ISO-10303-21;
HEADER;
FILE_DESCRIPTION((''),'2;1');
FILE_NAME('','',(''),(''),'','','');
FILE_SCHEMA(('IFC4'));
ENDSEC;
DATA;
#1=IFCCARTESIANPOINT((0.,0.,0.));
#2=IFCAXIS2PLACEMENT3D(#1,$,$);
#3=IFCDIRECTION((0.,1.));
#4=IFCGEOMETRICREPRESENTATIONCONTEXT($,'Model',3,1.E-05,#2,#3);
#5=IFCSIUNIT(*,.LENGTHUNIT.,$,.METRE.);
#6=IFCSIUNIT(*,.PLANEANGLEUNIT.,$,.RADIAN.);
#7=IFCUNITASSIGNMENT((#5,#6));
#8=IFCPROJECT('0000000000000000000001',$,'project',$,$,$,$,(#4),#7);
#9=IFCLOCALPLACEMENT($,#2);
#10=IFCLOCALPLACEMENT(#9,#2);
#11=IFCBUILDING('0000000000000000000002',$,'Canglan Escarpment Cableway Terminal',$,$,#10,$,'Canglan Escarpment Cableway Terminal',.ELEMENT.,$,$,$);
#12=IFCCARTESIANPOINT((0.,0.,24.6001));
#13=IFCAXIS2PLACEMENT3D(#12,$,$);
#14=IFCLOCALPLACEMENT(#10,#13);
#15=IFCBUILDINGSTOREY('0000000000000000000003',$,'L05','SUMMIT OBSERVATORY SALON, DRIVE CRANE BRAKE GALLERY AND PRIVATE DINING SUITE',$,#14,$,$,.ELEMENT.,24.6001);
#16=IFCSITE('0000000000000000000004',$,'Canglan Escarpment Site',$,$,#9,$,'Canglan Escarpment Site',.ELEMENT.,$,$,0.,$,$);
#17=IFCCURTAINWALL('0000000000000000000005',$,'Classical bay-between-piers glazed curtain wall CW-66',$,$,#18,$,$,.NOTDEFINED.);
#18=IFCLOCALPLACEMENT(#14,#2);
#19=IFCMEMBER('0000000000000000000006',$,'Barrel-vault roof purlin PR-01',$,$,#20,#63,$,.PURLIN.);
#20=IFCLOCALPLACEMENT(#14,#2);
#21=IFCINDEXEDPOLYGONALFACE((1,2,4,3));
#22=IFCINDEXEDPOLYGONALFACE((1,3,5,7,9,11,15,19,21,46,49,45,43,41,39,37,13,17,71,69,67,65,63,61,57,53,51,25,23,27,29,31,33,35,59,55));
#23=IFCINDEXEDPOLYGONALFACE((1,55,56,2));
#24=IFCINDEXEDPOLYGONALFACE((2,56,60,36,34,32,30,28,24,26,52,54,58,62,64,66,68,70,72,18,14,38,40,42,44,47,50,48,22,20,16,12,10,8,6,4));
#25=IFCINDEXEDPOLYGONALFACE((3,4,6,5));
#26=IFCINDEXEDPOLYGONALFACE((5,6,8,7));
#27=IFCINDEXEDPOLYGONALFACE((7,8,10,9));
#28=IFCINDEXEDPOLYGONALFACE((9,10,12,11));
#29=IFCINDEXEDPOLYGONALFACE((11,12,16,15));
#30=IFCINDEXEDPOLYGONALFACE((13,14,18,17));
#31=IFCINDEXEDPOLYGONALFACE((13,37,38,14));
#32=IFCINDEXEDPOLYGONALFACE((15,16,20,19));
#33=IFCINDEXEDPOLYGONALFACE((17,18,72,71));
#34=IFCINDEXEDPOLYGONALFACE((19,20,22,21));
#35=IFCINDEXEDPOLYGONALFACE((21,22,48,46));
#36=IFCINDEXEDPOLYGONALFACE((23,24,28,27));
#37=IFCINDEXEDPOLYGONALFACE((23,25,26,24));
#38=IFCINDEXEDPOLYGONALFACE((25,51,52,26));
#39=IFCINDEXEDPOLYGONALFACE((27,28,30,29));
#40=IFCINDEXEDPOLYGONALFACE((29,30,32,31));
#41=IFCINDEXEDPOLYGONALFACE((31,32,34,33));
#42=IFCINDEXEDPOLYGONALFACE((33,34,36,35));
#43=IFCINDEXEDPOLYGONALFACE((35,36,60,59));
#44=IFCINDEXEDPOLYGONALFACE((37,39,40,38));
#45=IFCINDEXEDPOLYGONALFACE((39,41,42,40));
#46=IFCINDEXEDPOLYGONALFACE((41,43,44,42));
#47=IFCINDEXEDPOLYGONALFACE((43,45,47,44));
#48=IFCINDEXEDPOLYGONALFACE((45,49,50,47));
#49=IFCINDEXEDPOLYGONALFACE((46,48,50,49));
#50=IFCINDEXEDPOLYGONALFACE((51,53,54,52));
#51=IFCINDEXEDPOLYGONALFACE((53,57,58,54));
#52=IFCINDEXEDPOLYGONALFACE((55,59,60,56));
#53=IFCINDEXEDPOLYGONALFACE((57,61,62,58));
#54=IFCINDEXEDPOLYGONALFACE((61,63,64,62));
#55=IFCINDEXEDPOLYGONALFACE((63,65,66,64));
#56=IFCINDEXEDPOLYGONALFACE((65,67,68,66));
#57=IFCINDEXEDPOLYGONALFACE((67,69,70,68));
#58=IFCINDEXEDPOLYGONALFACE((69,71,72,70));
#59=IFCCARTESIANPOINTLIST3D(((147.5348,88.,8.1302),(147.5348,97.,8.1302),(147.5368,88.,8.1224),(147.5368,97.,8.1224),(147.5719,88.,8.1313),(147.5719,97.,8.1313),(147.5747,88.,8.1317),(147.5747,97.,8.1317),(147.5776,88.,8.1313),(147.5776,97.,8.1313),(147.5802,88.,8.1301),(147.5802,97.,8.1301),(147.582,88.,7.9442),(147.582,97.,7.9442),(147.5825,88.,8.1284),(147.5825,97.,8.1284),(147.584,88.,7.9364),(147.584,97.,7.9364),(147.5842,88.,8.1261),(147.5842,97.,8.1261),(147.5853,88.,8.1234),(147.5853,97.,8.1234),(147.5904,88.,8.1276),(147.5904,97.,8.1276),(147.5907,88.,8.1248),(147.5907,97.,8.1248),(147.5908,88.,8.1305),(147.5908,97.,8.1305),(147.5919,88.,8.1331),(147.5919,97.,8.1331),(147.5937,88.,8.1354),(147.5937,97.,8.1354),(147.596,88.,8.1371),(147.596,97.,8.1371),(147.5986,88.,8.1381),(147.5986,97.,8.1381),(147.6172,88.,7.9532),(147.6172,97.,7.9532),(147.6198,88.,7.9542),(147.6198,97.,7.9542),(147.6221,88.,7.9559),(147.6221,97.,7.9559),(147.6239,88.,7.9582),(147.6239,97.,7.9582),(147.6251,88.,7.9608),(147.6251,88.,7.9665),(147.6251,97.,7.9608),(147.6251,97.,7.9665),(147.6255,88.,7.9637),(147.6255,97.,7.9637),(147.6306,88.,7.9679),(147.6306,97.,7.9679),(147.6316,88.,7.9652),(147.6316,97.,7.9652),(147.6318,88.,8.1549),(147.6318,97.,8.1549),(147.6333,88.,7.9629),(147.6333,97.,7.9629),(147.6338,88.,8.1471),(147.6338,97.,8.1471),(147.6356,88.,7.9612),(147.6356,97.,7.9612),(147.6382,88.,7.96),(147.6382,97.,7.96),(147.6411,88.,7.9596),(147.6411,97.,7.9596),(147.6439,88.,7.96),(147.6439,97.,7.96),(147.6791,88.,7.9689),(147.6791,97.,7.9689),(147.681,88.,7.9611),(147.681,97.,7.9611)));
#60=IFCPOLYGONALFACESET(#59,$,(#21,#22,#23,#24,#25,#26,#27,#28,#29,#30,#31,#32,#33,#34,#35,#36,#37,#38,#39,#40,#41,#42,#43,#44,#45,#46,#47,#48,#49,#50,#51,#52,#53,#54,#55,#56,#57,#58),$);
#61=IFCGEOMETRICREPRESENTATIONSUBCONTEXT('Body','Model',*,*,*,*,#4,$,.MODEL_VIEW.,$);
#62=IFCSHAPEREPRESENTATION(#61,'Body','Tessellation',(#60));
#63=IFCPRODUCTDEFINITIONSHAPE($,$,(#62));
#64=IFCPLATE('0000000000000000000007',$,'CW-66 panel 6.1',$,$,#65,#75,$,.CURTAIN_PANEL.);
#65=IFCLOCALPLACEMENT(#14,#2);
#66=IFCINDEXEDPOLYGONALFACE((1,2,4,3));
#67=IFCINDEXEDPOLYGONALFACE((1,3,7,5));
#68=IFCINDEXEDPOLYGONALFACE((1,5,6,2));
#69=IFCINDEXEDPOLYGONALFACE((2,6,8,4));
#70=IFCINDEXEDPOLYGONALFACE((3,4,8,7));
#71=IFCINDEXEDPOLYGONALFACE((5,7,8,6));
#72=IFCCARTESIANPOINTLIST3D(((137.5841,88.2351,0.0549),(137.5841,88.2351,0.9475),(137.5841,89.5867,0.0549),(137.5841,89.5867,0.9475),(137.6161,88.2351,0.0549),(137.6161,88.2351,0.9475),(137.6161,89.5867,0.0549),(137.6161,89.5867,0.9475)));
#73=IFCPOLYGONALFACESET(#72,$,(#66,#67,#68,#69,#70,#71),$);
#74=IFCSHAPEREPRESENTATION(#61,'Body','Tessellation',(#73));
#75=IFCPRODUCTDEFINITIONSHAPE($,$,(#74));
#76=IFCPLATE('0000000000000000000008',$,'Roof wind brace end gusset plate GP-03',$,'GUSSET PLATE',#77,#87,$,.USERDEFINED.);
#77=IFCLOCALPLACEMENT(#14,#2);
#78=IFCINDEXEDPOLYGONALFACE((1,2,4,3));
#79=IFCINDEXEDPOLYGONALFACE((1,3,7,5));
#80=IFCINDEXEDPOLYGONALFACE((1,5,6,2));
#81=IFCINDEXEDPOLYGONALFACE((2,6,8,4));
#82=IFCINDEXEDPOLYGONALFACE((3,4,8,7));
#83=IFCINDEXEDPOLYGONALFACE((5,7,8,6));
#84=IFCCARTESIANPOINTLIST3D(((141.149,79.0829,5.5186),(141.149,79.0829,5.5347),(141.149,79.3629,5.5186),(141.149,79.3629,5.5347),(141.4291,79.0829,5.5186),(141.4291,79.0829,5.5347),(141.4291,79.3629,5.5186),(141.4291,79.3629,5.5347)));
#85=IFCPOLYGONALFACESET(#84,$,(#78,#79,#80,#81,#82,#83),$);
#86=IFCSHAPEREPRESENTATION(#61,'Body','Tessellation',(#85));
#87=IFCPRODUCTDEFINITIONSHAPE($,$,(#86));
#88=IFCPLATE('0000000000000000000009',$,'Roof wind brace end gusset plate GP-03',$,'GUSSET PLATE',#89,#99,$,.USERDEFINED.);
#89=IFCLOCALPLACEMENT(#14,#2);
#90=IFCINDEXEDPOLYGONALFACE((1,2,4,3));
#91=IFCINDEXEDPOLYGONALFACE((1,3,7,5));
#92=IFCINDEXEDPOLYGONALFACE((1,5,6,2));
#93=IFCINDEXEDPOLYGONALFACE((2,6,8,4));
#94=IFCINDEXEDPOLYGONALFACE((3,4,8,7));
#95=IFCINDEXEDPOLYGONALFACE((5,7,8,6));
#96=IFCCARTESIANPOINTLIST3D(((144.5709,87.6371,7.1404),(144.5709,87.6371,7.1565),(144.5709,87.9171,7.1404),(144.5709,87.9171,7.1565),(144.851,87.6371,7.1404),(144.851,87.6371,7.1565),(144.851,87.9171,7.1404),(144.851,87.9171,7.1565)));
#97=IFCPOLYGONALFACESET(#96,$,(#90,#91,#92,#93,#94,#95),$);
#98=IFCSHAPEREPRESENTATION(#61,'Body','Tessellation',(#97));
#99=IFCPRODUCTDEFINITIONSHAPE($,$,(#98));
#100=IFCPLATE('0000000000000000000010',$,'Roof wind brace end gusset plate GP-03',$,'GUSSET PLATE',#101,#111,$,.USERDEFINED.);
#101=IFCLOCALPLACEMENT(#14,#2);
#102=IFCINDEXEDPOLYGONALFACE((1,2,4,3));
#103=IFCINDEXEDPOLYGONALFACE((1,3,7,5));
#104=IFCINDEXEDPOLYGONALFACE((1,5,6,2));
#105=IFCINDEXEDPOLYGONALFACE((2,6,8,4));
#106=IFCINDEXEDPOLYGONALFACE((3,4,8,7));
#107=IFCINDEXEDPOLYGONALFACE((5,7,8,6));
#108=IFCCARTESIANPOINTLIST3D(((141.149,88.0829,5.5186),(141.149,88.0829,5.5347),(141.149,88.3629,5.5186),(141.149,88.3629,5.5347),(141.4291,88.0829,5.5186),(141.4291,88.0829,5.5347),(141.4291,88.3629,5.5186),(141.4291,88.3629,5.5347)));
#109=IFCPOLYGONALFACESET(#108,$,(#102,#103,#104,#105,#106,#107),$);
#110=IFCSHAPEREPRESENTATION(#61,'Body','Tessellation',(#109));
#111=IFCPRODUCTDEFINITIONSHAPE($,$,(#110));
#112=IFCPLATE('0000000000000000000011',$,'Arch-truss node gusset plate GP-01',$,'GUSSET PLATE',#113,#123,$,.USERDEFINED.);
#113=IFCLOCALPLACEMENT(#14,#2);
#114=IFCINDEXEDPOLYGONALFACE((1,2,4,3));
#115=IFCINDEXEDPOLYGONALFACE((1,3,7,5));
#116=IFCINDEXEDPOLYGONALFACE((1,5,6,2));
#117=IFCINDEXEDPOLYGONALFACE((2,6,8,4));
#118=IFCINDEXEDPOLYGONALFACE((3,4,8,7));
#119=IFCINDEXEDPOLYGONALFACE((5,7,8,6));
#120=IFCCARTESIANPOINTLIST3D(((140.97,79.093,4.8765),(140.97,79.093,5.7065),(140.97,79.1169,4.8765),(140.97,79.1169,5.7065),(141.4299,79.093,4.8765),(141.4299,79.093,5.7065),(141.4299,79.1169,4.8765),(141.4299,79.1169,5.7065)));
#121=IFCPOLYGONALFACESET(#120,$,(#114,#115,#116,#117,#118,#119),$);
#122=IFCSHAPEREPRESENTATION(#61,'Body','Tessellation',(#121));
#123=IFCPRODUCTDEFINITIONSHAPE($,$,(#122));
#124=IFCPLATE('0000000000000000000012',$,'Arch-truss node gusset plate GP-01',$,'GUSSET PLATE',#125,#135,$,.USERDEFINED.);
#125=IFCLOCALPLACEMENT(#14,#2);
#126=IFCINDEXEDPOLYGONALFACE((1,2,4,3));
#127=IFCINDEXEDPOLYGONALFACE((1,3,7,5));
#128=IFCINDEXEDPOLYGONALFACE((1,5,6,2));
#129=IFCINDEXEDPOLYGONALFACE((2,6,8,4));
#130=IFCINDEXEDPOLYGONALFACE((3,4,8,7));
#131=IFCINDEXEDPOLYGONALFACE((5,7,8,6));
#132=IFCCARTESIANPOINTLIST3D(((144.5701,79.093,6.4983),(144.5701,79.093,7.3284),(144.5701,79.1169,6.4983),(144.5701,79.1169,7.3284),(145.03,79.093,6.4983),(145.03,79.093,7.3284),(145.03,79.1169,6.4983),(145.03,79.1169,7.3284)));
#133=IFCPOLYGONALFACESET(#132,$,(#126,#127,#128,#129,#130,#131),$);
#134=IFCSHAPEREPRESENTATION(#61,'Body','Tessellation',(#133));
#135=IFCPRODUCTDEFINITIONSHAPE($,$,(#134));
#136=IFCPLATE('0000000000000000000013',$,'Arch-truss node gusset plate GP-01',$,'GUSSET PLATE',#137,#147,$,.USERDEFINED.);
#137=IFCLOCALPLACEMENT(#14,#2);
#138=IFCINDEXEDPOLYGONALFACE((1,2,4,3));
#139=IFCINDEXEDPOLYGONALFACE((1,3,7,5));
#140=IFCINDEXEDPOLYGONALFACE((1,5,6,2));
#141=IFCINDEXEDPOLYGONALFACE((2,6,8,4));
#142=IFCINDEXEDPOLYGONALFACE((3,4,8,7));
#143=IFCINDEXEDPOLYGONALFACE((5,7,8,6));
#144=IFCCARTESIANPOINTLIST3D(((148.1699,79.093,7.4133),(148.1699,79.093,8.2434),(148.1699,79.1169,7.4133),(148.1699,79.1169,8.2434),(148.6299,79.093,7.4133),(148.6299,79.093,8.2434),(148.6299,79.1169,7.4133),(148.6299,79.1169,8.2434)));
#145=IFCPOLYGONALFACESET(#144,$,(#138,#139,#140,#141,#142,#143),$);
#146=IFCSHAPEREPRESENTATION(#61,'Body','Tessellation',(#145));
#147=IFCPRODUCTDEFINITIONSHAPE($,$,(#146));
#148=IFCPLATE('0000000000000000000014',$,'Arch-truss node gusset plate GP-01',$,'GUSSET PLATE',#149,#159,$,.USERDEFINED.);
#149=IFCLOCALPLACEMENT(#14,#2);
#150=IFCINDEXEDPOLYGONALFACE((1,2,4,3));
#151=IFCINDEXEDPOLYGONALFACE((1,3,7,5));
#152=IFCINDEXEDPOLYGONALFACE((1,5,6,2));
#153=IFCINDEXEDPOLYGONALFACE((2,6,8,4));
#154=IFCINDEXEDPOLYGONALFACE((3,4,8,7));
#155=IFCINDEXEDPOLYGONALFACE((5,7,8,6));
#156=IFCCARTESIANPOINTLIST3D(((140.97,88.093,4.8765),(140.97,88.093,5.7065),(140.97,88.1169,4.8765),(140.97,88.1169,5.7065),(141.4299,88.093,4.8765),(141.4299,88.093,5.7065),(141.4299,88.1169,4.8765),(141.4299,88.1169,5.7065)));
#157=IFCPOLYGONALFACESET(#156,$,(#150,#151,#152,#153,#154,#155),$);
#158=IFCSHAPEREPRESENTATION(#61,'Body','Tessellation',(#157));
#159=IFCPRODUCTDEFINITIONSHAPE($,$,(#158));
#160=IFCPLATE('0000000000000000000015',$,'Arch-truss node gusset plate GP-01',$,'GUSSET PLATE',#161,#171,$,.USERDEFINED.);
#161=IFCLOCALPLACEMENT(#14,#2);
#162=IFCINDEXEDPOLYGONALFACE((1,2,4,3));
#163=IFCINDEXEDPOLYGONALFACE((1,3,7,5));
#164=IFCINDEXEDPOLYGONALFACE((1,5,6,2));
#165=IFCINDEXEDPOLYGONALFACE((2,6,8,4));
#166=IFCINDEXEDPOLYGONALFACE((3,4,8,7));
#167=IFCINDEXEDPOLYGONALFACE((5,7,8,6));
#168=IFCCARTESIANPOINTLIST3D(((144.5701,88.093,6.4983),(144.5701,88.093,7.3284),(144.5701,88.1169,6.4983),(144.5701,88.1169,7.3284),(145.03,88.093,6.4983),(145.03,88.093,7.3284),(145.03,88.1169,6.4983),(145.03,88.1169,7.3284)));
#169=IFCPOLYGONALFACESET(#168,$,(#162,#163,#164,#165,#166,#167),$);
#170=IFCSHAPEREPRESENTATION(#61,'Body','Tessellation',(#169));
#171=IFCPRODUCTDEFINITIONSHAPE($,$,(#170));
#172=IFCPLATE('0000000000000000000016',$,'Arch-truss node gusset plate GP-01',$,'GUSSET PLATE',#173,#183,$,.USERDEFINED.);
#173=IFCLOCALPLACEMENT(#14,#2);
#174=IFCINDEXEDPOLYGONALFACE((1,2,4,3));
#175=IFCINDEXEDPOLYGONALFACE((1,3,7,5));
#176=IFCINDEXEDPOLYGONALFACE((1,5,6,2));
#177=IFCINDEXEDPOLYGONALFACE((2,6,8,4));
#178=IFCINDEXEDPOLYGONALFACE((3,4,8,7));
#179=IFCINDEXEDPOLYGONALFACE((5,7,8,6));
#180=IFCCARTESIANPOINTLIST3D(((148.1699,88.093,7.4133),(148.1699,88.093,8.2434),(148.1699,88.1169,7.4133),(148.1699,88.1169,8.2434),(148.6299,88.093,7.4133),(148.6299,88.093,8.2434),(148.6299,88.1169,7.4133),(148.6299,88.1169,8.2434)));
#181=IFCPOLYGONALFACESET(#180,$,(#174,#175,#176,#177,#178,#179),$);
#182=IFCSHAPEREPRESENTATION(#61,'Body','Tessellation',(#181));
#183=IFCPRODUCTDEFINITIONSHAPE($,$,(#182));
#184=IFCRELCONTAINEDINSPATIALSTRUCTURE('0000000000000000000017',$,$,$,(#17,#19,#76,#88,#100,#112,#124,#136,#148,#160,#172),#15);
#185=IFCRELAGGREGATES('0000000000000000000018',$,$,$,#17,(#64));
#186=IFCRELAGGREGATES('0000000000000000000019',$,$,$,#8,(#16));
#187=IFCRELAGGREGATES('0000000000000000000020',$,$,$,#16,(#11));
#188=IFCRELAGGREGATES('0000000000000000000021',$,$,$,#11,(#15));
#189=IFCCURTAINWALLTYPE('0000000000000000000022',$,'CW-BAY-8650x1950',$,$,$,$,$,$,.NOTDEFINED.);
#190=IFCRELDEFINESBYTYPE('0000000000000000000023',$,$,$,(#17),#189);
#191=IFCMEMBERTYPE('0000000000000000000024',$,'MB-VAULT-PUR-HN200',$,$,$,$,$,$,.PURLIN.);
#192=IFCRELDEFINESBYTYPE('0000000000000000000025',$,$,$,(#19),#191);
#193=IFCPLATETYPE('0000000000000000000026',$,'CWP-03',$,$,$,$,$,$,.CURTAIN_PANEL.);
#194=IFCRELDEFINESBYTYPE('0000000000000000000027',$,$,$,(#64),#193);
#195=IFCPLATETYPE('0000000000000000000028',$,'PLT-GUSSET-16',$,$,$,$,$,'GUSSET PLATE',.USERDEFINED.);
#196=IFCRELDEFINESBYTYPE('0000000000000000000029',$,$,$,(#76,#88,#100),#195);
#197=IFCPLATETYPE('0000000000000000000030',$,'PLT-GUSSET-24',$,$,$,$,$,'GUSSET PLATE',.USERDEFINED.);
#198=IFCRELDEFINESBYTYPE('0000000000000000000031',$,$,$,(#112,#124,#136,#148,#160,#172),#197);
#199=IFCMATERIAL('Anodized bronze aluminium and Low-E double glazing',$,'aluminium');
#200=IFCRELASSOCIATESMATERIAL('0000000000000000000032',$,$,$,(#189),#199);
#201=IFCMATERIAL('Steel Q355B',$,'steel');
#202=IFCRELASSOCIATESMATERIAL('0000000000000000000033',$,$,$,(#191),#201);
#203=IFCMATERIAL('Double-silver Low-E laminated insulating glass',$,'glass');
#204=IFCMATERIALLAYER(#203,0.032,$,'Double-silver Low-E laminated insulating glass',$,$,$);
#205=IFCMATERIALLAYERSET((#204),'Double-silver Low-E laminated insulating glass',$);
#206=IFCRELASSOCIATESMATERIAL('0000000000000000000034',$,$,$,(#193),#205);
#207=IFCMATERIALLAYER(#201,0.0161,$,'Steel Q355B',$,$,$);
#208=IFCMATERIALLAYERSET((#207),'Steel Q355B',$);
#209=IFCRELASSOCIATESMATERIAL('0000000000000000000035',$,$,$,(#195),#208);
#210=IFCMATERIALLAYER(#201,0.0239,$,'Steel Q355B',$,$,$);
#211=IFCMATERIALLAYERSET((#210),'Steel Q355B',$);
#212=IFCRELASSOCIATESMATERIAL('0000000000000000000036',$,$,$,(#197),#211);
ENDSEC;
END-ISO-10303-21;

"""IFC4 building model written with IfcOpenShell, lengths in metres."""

from ifc_helpers import new_model, si_unit, direction, frame, origin, origin_2d, place, context, subcontext, project, spatial, rectangle, i_section, extrude, material, layer, layer_set, material_profile, profile_set, type_object, element, aggregate, save


model = new_model("IFC4")

# Units and contexts
model_context = context("Model", 3, precision=1e-05, world=origin(), true_north=direction((0.0, 1.0)))
body_context = subcontext(model_context, "Body", "Model", "MODEL_VIEW")
ifc_project = project(units=[si_unit("LENGTHUNIT", "METRE"), si_unit("PLANEANGLEUNIT", "RADIAN")], contexts=[model_context])

# Site, building, storey
site_placement = place(None, origin())
site = spatial("IfcSite", under=ifc_project, at=site_placement, Name="Canglan Escarpment Site", LongName="Canglan Escarpment Site", CompositionType="ELEMENT", RefElevation=0.0)
building_placement = place(site_placement, origin())
building = spatial("IfcBuilding", under=site, at=building_placement, Name="Canglan Escarpment Cableway Terminal", LongName="Canglan Escarpment Cableway Terminal", CompositionType="ELEMENT")
storey_placement = place(building_placement, frame((0.0, 0.0, 24.6001)))
storey = spatial("IfcBuildingStorey", under=building, at=storey_placement, Name="L05", Description="SUMMIT OBSERVATORY SALON, DRIVE CRANE BRAKE GALLERY AND PRIVATE DINING SUITE", CompositionType="ELEMENT", Elevation=24.6001)

# Shared definitions
ifc_material_1 = material(Name="Steel Q355B", Category="steel")

# Curtain wall
ifc_material_2 = material(Name="Anodized bronze aluminium and Low-E double glazing", Category="aluminium")
curtain_wall_type = type_object("IfcCurtainWallType", Name="CW-BAY-8650x1950", PredefinedType="NOTDEFINED", material=ifc_material_2)
curtain_wall_placement = place(storey_placement, origin())
curtain_wall = element("IfcCurtainWall", 1, at=curtain_wall_placement, inside=storey, type_object=curtain_wall_type, Name="Classical bay-between-piers glazed curtain wall CW-66", PredefinedType="NOTDEFINED")

# Member
ifc_material_profile_1 = material_profile(ifc_material_1, i_section(OverallWidth=0.1001, OverallDepth=0.2, WebThickness=0.0056, FlangeThickness=0.0081, FilletRadius=0.011, at=origin_2d()), Name="HN 200x100x5.5x8")
ifc_profile_set_1 = profile_set([ifc_material_profile_1], Name="Steel Q355B")
member_type_1 = type_object("IfcMemberType", Name="MB-VAULT-PUR-HN200", PredefinedType="PURLIN", material=ifc_profile_set_1)
for number, where, z_axis, x_axis, name in (
    (2, (147.6079, 88.0, 8.0457), (0.0, 1.0, 0.0), (-0.969184, 0.0, -0.246339), "Barrel-vault roof purlin PR-01"),
):
    element("IfcMember", number, at=place(storey_placement, frame(where, z_axis=z_axis, x_axis=x_axis)), inside=storey, type_object=member_type_1, Name=name, PredefinedType="PURLIN", context=body_context, shape_type="SweptSolid", body=[
        extrude(i_section(OverallWidth=0.1001, OverallDepth=0.2, WebThickness=0.0056, FlangeThickness=0.0081, FilletRadius=0.011, at=origin_2d()), origin(), (0.0, 0.0, 1.0), 9.0),
    ])

# Plate
ifc_material_3 = material(Name="Double-silver Low-E laminated insulating glass", Category="glass")
ifc_layer_1 = layer(ifc_material_3, 0.032, Name="Double-silver Low-E laminated insulating glass")
ifc_layer_set_1 = layer_set([ifc_layer_1], Name="Double-silver Low-E laminated insulating glass")
plate_type_1 = type_object("IfcPlateType", Name="CWP-03", PredefinedType="CURTAIN_PANEL", material=ifc_layer_set_1)
plate_placement = place(storey_placement, frame((137.6001, 88.9109, 0.0549), z_axis=(0.0, 0.0, 1.0), x_axis=(0.0, -1.0, 0.0)))
plate = element("IfcPlate", 3, at=plate_placement, type_object=plate_type_1, Name="CW-66 panel 6.1", PredefinedType="CURTAIN_PANEL", context=body_context, shape_type="SweptSolid", body=[
    extrude(rectangle(XDim=1.3516, YDim=0.032, at=origin_2d()), origin(), (0.0, 0.0, 1.0), 0.8926),
])
aggregate(curtain_wall, [plate])

# Plates
ifc_layer_2 = layer(ifc_material_1, 0.0161, Name="Steel Q355B")
ifc_layer_set_2 = layer_set([ifc_layer_2], Name="Steel Q355B")
plate_type_2 = type_object("IfcPlateType", Name="PLT-GUSSET-16", ElementType="GUSSET PLATE", PredefinedType="USERDEFINED", material=ifc_layer_set_2)
for number, where, z_axis, x_axis, name in (
    (4, (141.2891, 79.2229, 5.5186), (0.0, 0.0, 1.0), (1.0, 0.0, 0.0), "Roof wind brace end gusset plate GP-03"),
    (5, (144.7109, 87.7771, 7.1404), (0.0, 0.0, 1.0), (1.0, 0.0, 0.0), "Roof wind brace end gusset plate GP-03"),
    (6, (141.2891, 88.2229, 5.5186), (0.0, 0.0, 1.0), (1.0, 0.0, 0.0), "Roof wind brace end gusset plate GP-03"),
):
    element("IfcPlate", number, at=place(storey_placement, frame(where, z_axis=z_axis, x_axis=x_axis)), inside=storey, type_object=plate_type_2, Name=name, ObjectType="GUSSET PLATE", PredefinedType="USERDEFINED", context=body_context, shape_type="SweptSolid", body=[
        extrude(rectangle(XDim=0.28, YDim=0.28, at=origin_2d()), origin(), (0.0, 0.0, 1.0), 0.0161),
    ])
ifc_layer_3 = layer(ifc_material_1, 0.0239, Name="Steel Q355B")
ifc_layer_set_3 = layer_set([ifc_layer_3], Name="Steel Q355B")
plate_type_3 = type_object("IfcPlateType", Name="PLT-GUSSET-24", ElementType="GUSSET PLATE", PredefinedType="USERDEFINED", material=ifc_layer_set_3)
for number, where, z_axis, x_axis, name in (
    (7, (141.2, 79.105, 4.8765), (0.0, 0.0, 1.0), (1.0, 0.0, 0.0), "Arch-truss node gusset plate GP-01"),
    (8, (144.8, 79.105, 6.4983), (0.0, 0.0, 1.0), (1.0, 0.0, 0.0), "Arch-truss node gusset plate GP-01"),
    (9, (148.3999, 79.105, 7.4133), (0.0, 0.0, 1.0), (1.0, 0.0, 0.0), "Arch-truss node gusset plate GP-01"),
    (10, (141.2, 88.105, 4.8765), (0.0, 0.0, 1.0), (1.0, 0.0, 0.0), "Arch-truss node gusset plate GP-01"),
    (11, (144.8, 88.105, 6.4983), (0.0, 0.0, 1.0), (1.0, 0.0, 0.0), "Arch-truss node gusset plate GP-01"),
    (12, (148.3999, 88.105, 7.4133), (0.0, 0.0, 1.0), (1.0, 0.0, 0.0), "Arch-truss node gusset plate GP-01"),
):
    element("IfcPlate", number, at=place(storey_placement, frame(where, z_axis=z_axis, x_axis=x_axis)), inside=storey, type_object=plate_type_3, Name=name, ObjectType="GUSSET PLATE", PredefinedType="USERDEFINED", context=body_context, shape_type="SweptSolid", body=[
        extrude(rectangle(XDim=0.46, YDim=0.0239, at=origin_2d()), origin(), (0.0, 0.0, 1.0), 0.8301),
    ])

save(model, "model.ifc")
